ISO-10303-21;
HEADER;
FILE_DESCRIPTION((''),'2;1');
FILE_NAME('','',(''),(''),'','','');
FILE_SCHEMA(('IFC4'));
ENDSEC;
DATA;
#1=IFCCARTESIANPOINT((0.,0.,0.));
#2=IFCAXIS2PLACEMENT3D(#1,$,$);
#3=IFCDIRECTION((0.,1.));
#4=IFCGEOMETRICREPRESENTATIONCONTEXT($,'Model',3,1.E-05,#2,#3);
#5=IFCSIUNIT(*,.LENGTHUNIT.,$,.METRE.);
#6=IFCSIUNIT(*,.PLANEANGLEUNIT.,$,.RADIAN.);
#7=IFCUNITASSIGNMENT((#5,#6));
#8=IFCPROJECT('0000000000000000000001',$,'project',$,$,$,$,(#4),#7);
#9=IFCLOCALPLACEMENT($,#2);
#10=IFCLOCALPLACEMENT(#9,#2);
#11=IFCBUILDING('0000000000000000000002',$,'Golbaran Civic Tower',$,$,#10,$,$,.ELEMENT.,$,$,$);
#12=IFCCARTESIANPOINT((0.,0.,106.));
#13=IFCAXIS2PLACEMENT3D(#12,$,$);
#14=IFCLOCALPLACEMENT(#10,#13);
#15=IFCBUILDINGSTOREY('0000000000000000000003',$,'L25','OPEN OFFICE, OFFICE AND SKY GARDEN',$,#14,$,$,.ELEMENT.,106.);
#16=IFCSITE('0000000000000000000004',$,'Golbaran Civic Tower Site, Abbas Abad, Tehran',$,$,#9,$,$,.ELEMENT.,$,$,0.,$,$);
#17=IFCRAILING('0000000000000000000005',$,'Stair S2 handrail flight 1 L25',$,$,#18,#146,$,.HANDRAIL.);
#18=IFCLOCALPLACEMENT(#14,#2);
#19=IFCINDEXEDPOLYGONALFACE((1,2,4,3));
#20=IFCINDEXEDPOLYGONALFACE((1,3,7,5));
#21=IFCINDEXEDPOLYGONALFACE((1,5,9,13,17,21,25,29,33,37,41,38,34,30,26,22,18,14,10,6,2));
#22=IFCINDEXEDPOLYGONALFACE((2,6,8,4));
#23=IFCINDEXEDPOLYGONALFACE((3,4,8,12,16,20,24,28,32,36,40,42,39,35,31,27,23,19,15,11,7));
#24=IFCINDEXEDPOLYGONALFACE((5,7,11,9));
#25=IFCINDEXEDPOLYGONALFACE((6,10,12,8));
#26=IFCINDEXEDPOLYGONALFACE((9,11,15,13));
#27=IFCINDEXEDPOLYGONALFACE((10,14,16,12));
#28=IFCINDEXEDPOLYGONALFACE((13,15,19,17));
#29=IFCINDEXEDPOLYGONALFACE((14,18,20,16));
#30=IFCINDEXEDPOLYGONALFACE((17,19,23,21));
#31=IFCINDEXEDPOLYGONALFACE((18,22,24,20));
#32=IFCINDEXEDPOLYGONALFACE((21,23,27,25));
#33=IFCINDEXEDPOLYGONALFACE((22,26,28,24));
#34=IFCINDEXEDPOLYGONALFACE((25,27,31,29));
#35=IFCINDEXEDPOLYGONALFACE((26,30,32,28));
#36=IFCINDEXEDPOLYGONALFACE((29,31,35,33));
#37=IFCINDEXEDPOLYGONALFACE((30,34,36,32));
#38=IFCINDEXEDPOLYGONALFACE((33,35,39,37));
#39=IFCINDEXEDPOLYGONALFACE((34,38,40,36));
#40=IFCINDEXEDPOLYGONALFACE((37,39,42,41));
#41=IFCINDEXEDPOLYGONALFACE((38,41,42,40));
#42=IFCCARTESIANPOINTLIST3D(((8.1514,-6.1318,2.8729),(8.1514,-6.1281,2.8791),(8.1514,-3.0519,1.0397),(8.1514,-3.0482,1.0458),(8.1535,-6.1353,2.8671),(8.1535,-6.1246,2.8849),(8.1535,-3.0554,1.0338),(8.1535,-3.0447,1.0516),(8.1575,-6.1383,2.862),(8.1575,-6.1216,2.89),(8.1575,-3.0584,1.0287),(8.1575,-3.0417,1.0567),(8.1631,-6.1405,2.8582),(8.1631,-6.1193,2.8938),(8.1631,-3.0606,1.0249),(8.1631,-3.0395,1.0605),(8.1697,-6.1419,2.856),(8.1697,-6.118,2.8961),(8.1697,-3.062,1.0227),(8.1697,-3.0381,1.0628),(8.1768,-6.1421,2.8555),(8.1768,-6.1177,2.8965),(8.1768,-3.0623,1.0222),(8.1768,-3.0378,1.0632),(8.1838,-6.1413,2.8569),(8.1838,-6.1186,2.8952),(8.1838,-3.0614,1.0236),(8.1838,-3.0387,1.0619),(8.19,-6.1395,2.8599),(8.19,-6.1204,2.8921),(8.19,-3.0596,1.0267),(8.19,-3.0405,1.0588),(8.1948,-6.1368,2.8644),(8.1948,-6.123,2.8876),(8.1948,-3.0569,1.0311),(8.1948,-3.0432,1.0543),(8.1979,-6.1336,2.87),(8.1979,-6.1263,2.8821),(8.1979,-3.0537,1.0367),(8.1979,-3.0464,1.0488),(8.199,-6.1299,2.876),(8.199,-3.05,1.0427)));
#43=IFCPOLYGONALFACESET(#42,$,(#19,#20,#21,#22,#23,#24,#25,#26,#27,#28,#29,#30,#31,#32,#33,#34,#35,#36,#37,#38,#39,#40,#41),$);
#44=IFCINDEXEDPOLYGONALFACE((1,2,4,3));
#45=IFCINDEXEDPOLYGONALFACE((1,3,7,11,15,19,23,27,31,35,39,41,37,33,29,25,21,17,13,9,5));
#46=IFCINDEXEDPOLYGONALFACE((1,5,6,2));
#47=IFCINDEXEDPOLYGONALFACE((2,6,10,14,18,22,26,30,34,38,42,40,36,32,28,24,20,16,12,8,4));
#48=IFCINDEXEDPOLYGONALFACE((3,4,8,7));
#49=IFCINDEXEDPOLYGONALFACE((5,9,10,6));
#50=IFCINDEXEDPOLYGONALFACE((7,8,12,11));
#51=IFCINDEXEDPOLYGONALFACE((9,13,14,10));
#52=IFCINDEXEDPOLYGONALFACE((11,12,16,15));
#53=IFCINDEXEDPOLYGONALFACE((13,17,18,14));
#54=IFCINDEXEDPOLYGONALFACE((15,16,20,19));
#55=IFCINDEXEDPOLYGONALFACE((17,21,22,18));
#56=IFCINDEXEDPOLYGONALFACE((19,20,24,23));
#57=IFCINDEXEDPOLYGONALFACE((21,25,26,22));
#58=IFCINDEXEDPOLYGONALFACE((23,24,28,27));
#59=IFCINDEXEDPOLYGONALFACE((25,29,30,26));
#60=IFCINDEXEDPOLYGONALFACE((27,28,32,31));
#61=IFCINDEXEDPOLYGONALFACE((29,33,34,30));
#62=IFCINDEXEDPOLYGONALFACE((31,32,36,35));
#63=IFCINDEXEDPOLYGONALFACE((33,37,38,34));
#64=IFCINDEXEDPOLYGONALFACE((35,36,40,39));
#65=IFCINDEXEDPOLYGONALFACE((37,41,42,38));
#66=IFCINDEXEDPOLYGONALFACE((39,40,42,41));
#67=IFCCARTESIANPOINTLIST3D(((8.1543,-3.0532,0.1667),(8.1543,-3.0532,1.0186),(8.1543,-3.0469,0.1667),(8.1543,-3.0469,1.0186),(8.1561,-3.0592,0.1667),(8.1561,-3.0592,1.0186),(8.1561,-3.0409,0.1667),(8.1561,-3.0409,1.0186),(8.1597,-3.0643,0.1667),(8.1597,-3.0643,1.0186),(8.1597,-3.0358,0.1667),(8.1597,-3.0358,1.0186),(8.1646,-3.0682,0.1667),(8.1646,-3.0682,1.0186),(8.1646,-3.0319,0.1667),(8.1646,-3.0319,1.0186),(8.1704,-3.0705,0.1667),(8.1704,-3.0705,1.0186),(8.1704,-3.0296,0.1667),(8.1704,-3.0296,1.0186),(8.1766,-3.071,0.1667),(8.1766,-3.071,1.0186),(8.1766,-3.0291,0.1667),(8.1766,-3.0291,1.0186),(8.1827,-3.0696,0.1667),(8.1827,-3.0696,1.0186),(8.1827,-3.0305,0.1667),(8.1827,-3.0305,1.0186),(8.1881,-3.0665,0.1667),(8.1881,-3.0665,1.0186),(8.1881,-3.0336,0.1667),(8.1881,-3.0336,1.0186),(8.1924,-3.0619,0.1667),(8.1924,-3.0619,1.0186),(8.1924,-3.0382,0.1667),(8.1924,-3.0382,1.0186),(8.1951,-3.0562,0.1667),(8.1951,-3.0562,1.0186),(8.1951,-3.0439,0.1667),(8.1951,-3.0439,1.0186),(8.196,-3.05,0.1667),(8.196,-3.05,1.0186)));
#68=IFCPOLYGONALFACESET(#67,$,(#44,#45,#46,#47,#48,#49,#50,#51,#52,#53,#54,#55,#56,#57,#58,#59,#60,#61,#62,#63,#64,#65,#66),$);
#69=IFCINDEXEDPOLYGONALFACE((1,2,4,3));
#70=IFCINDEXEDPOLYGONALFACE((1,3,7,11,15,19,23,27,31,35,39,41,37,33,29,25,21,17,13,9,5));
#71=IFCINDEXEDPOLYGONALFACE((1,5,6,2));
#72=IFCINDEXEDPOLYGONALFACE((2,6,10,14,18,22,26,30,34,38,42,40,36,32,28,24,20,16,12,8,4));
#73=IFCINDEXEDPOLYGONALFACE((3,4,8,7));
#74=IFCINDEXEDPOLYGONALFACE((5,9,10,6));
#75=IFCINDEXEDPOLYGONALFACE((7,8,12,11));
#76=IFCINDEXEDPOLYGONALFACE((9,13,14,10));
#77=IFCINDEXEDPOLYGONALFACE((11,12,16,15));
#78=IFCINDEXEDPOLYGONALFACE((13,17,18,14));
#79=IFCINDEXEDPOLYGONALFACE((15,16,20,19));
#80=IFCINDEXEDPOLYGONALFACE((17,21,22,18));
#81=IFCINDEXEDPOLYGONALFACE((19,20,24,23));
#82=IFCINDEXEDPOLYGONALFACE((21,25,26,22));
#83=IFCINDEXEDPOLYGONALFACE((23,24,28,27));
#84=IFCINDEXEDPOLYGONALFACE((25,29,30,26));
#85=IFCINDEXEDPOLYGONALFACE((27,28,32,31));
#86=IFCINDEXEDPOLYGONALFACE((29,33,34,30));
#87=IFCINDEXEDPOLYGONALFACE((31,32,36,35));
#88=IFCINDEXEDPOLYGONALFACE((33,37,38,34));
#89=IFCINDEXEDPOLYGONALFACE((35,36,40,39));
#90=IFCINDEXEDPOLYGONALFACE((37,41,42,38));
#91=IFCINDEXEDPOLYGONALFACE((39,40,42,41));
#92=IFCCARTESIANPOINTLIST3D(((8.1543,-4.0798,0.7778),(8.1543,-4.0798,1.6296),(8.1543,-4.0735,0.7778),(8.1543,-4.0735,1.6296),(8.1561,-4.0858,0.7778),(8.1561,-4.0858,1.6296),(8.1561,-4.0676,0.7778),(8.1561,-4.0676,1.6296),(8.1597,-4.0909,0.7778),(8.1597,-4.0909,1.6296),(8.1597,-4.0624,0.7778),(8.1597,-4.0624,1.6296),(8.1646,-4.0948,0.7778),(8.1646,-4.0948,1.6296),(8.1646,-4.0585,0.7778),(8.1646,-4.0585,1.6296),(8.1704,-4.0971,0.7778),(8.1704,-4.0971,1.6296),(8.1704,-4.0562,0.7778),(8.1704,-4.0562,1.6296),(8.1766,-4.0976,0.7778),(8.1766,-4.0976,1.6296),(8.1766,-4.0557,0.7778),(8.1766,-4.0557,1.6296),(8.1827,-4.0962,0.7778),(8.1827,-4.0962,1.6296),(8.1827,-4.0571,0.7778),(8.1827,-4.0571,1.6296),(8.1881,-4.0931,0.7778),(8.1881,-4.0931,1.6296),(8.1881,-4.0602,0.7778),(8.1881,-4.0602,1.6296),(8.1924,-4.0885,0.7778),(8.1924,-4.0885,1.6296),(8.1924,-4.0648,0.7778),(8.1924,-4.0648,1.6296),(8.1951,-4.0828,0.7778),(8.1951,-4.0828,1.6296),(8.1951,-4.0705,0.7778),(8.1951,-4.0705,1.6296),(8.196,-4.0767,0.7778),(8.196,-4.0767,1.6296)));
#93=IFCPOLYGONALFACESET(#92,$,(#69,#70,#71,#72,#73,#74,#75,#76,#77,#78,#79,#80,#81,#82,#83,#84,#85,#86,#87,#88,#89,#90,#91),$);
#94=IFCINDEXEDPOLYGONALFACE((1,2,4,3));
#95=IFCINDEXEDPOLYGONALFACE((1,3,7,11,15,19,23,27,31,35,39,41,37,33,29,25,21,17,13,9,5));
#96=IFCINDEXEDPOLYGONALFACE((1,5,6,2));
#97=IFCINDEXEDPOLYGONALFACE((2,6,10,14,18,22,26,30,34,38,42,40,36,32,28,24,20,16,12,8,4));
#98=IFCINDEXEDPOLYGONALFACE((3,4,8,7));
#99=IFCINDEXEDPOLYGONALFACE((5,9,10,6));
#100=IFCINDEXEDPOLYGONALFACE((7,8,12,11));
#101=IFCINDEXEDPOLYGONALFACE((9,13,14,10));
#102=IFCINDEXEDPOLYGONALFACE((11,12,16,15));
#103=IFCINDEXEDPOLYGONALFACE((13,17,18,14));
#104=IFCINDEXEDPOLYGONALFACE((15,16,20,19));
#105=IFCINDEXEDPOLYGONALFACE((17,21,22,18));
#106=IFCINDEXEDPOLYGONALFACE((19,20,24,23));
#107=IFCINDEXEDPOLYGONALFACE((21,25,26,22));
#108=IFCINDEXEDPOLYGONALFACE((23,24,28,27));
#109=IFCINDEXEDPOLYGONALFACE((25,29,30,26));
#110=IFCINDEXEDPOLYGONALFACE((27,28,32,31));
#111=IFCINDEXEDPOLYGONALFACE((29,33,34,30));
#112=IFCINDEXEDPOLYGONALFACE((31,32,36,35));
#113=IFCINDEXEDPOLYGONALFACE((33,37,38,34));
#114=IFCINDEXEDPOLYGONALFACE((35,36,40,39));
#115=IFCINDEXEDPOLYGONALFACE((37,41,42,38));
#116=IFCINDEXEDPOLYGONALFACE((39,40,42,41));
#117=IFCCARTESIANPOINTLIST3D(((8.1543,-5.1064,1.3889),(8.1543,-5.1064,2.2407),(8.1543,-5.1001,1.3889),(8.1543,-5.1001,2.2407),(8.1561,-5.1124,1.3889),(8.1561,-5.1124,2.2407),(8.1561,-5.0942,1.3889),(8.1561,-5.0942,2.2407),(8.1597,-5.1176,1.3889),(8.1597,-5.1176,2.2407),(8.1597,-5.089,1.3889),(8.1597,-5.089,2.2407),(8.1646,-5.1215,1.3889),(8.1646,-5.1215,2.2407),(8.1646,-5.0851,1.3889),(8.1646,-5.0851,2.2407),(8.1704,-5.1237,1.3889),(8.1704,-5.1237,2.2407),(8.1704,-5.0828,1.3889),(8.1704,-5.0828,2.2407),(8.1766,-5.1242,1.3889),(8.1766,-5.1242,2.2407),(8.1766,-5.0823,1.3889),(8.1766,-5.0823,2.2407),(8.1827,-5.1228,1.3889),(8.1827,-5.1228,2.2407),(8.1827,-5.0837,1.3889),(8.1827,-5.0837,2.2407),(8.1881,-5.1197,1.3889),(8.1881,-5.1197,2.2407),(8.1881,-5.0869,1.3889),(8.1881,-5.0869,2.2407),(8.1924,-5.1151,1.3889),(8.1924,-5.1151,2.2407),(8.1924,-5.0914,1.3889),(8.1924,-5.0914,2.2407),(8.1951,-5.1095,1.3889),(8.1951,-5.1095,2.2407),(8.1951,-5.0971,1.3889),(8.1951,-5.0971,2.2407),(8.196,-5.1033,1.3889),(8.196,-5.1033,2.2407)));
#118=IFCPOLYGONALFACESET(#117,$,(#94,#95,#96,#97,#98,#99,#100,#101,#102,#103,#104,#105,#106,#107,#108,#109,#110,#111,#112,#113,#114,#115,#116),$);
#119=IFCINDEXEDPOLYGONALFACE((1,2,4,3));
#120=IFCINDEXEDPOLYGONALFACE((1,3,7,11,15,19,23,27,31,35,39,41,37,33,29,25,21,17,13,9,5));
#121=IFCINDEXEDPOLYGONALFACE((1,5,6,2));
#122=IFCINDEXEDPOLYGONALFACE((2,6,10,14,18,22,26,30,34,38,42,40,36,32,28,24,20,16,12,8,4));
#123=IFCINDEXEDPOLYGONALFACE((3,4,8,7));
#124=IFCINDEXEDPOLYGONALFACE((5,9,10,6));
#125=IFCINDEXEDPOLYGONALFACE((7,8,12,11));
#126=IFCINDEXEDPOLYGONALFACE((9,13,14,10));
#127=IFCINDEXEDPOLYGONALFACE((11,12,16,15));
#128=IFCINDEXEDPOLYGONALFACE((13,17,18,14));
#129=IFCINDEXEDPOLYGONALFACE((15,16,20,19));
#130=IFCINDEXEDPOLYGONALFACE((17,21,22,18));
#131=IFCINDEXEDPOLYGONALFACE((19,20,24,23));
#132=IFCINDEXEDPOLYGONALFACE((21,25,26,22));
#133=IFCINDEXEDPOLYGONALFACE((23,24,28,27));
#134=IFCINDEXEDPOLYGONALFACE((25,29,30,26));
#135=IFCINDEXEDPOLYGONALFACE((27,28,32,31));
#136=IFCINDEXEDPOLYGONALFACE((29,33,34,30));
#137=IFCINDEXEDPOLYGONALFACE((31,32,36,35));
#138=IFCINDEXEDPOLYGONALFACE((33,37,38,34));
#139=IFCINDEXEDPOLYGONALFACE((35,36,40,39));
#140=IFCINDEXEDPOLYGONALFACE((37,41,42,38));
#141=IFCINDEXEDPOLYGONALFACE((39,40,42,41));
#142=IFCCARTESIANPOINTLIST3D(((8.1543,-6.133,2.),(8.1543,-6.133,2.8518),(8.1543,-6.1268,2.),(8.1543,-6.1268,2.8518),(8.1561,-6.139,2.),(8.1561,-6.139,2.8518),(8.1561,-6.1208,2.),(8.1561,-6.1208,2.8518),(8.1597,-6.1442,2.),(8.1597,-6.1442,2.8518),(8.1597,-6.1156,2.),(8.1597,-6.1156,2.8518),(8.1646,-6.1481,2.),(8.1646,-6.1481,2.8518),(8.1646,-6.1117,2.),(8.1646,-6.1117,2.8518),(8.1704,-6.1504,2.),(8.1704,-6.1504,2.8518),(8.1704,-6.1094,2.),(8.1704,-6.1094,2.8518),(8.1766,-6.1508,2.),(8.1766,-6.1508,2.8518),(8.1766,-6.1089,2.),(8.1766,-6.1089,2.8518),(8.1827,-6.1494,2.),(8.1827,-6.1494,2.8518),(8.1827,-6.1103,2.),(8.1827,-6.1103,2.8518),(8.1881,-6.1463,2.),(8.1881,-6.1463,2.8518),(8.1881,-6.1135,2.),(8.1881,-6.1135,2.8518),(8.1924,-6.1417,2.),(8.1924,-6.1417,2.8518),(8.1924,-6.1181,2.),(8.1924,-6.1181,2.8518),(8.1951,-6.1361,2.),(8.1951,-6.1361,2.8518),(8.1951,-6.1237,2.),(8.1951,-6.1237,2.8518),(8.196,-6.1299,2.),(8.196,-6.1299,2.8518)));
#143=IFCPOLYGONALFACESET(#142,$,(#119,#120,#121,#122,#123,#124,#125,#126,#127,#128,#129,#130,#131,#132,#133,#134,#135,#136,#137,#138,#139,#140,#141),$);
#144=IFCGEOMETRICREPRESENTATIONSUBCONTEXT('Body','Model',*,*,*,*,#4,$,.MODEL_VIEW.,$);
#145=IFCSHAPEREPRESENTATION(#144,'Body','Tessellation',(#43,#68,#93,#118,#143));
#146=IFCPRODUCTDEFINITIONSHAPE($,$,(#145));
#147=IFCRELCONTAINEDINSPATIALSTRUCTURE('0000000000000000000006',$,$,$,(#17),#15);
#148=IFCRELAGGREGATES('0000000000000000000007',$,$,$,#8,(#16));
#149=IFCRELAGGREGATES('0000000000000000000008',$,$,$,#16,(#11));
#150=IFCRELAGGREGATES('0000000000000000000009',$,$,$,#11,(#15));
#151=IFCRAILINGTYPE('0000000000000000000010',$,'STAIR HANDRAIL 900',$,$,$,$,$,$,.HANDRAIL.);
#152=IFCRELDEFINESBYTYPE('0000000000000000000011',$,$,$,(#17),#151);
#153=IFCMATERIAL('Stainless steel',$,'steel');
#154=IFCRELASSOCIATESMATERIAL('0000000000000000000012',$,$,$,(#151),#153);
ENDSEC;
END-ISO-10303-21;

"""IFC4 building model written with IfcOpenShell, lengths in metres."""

from ifc_helpers import new_model, si_unit, direction, frame, origin, origin_2d, place, context, subcontext, project, spatial, circle, extrude, material, type_object, element, save


model = new_model("IFC4")

# Units and contexts
model_context = context("Model", 3, precision=1e-05, world=origin(), true_north=direction((0.0, 1.0)))
body_context = subcontext(model_context, "Body", "Model", "MODEL_VIEW")
ifc_project = project(units=[si_unit("LENGTHUNIT", "METRE"), si_unit("PLANEANGLEUNIT", "RADIAN")], contexts=[model_context])

# Site, building, storey
site_placement = place(None, origin())
site = spatial("IfcSite", under=ifc_project, at=site_placement, Name="Golbaran Civic Tower Site, Abbas Abad, Tehran", CompositionType="ELEMENT", RefElevation=0.0)
building_placement = place(site_placement, origin())
building = spatial("IfcBuilding", under=site, at=building_placement, Name="Golbaran Civic Tower", CompositionType="ELEMENT")
storey_placement = place(building_placement, frame((0.0, 0.0, 106.0)))
storey = spatial("IfcBuildingStorey", under=building, at=storey_placement, Name="L25", Description="OPEN OFFICE, OFFICE AND SKY GARDEN", CompositionType="ELEMENT", Elevation=106.0)

# Shared definitions
ifc_material_1 = material(Name="Stainless steel", Category="steel")

# Railing
railing_type = type_object("IfcRailingType", Name="STAIR HANDRAIL 900", PredefinedType="HANDRAIL", material=ifc_material_1)
railing_1_placement = place(storey_placement, frame((8.175, -3.05, 0.1667)))
element("IfcRailing", 1, at=railing_1_placement, inside=storey, type_object=railing_type, Name="Stair S2 handrail flight 1 L25", PredefinedType="HANDRAIL", context=body_context, shape_type="SweptSolid", body=[
    extrude(circle(Radius=0.0239, at=origin_2d()), frame((0.0, 0.0, 0.876), z_axis=(0.0, -0.859291, 0.511487), x_axis=(1.0, 0.0, 0.0)), (0.0, 0.0, 1.0), 3.5842),
    extrude(circle(Radius=0.021, at=origin_2d()), origin(), (0.0, 0.0, 1.0), 0.8518),
    extrude(circle(Radius=0.021, at=origin_2d()), frame((0.0, -1.0266, 0.6111)), (0.0, 0.0, 1.0), 0.8518),
    extrude(circle(Radius=0.021, at=origin_2d()), frame((0.0, -2.0532, 1.2222)), (0.0, 0.0, 1.0), 0.8518),
    extrude(circle(Radius=0.021, at=origin_2d()), frame((0.0, -3.0798, 1.8333)), (0.0, 0.0, 1.0), 0.8518),
])

save(model, "model.ifc")
